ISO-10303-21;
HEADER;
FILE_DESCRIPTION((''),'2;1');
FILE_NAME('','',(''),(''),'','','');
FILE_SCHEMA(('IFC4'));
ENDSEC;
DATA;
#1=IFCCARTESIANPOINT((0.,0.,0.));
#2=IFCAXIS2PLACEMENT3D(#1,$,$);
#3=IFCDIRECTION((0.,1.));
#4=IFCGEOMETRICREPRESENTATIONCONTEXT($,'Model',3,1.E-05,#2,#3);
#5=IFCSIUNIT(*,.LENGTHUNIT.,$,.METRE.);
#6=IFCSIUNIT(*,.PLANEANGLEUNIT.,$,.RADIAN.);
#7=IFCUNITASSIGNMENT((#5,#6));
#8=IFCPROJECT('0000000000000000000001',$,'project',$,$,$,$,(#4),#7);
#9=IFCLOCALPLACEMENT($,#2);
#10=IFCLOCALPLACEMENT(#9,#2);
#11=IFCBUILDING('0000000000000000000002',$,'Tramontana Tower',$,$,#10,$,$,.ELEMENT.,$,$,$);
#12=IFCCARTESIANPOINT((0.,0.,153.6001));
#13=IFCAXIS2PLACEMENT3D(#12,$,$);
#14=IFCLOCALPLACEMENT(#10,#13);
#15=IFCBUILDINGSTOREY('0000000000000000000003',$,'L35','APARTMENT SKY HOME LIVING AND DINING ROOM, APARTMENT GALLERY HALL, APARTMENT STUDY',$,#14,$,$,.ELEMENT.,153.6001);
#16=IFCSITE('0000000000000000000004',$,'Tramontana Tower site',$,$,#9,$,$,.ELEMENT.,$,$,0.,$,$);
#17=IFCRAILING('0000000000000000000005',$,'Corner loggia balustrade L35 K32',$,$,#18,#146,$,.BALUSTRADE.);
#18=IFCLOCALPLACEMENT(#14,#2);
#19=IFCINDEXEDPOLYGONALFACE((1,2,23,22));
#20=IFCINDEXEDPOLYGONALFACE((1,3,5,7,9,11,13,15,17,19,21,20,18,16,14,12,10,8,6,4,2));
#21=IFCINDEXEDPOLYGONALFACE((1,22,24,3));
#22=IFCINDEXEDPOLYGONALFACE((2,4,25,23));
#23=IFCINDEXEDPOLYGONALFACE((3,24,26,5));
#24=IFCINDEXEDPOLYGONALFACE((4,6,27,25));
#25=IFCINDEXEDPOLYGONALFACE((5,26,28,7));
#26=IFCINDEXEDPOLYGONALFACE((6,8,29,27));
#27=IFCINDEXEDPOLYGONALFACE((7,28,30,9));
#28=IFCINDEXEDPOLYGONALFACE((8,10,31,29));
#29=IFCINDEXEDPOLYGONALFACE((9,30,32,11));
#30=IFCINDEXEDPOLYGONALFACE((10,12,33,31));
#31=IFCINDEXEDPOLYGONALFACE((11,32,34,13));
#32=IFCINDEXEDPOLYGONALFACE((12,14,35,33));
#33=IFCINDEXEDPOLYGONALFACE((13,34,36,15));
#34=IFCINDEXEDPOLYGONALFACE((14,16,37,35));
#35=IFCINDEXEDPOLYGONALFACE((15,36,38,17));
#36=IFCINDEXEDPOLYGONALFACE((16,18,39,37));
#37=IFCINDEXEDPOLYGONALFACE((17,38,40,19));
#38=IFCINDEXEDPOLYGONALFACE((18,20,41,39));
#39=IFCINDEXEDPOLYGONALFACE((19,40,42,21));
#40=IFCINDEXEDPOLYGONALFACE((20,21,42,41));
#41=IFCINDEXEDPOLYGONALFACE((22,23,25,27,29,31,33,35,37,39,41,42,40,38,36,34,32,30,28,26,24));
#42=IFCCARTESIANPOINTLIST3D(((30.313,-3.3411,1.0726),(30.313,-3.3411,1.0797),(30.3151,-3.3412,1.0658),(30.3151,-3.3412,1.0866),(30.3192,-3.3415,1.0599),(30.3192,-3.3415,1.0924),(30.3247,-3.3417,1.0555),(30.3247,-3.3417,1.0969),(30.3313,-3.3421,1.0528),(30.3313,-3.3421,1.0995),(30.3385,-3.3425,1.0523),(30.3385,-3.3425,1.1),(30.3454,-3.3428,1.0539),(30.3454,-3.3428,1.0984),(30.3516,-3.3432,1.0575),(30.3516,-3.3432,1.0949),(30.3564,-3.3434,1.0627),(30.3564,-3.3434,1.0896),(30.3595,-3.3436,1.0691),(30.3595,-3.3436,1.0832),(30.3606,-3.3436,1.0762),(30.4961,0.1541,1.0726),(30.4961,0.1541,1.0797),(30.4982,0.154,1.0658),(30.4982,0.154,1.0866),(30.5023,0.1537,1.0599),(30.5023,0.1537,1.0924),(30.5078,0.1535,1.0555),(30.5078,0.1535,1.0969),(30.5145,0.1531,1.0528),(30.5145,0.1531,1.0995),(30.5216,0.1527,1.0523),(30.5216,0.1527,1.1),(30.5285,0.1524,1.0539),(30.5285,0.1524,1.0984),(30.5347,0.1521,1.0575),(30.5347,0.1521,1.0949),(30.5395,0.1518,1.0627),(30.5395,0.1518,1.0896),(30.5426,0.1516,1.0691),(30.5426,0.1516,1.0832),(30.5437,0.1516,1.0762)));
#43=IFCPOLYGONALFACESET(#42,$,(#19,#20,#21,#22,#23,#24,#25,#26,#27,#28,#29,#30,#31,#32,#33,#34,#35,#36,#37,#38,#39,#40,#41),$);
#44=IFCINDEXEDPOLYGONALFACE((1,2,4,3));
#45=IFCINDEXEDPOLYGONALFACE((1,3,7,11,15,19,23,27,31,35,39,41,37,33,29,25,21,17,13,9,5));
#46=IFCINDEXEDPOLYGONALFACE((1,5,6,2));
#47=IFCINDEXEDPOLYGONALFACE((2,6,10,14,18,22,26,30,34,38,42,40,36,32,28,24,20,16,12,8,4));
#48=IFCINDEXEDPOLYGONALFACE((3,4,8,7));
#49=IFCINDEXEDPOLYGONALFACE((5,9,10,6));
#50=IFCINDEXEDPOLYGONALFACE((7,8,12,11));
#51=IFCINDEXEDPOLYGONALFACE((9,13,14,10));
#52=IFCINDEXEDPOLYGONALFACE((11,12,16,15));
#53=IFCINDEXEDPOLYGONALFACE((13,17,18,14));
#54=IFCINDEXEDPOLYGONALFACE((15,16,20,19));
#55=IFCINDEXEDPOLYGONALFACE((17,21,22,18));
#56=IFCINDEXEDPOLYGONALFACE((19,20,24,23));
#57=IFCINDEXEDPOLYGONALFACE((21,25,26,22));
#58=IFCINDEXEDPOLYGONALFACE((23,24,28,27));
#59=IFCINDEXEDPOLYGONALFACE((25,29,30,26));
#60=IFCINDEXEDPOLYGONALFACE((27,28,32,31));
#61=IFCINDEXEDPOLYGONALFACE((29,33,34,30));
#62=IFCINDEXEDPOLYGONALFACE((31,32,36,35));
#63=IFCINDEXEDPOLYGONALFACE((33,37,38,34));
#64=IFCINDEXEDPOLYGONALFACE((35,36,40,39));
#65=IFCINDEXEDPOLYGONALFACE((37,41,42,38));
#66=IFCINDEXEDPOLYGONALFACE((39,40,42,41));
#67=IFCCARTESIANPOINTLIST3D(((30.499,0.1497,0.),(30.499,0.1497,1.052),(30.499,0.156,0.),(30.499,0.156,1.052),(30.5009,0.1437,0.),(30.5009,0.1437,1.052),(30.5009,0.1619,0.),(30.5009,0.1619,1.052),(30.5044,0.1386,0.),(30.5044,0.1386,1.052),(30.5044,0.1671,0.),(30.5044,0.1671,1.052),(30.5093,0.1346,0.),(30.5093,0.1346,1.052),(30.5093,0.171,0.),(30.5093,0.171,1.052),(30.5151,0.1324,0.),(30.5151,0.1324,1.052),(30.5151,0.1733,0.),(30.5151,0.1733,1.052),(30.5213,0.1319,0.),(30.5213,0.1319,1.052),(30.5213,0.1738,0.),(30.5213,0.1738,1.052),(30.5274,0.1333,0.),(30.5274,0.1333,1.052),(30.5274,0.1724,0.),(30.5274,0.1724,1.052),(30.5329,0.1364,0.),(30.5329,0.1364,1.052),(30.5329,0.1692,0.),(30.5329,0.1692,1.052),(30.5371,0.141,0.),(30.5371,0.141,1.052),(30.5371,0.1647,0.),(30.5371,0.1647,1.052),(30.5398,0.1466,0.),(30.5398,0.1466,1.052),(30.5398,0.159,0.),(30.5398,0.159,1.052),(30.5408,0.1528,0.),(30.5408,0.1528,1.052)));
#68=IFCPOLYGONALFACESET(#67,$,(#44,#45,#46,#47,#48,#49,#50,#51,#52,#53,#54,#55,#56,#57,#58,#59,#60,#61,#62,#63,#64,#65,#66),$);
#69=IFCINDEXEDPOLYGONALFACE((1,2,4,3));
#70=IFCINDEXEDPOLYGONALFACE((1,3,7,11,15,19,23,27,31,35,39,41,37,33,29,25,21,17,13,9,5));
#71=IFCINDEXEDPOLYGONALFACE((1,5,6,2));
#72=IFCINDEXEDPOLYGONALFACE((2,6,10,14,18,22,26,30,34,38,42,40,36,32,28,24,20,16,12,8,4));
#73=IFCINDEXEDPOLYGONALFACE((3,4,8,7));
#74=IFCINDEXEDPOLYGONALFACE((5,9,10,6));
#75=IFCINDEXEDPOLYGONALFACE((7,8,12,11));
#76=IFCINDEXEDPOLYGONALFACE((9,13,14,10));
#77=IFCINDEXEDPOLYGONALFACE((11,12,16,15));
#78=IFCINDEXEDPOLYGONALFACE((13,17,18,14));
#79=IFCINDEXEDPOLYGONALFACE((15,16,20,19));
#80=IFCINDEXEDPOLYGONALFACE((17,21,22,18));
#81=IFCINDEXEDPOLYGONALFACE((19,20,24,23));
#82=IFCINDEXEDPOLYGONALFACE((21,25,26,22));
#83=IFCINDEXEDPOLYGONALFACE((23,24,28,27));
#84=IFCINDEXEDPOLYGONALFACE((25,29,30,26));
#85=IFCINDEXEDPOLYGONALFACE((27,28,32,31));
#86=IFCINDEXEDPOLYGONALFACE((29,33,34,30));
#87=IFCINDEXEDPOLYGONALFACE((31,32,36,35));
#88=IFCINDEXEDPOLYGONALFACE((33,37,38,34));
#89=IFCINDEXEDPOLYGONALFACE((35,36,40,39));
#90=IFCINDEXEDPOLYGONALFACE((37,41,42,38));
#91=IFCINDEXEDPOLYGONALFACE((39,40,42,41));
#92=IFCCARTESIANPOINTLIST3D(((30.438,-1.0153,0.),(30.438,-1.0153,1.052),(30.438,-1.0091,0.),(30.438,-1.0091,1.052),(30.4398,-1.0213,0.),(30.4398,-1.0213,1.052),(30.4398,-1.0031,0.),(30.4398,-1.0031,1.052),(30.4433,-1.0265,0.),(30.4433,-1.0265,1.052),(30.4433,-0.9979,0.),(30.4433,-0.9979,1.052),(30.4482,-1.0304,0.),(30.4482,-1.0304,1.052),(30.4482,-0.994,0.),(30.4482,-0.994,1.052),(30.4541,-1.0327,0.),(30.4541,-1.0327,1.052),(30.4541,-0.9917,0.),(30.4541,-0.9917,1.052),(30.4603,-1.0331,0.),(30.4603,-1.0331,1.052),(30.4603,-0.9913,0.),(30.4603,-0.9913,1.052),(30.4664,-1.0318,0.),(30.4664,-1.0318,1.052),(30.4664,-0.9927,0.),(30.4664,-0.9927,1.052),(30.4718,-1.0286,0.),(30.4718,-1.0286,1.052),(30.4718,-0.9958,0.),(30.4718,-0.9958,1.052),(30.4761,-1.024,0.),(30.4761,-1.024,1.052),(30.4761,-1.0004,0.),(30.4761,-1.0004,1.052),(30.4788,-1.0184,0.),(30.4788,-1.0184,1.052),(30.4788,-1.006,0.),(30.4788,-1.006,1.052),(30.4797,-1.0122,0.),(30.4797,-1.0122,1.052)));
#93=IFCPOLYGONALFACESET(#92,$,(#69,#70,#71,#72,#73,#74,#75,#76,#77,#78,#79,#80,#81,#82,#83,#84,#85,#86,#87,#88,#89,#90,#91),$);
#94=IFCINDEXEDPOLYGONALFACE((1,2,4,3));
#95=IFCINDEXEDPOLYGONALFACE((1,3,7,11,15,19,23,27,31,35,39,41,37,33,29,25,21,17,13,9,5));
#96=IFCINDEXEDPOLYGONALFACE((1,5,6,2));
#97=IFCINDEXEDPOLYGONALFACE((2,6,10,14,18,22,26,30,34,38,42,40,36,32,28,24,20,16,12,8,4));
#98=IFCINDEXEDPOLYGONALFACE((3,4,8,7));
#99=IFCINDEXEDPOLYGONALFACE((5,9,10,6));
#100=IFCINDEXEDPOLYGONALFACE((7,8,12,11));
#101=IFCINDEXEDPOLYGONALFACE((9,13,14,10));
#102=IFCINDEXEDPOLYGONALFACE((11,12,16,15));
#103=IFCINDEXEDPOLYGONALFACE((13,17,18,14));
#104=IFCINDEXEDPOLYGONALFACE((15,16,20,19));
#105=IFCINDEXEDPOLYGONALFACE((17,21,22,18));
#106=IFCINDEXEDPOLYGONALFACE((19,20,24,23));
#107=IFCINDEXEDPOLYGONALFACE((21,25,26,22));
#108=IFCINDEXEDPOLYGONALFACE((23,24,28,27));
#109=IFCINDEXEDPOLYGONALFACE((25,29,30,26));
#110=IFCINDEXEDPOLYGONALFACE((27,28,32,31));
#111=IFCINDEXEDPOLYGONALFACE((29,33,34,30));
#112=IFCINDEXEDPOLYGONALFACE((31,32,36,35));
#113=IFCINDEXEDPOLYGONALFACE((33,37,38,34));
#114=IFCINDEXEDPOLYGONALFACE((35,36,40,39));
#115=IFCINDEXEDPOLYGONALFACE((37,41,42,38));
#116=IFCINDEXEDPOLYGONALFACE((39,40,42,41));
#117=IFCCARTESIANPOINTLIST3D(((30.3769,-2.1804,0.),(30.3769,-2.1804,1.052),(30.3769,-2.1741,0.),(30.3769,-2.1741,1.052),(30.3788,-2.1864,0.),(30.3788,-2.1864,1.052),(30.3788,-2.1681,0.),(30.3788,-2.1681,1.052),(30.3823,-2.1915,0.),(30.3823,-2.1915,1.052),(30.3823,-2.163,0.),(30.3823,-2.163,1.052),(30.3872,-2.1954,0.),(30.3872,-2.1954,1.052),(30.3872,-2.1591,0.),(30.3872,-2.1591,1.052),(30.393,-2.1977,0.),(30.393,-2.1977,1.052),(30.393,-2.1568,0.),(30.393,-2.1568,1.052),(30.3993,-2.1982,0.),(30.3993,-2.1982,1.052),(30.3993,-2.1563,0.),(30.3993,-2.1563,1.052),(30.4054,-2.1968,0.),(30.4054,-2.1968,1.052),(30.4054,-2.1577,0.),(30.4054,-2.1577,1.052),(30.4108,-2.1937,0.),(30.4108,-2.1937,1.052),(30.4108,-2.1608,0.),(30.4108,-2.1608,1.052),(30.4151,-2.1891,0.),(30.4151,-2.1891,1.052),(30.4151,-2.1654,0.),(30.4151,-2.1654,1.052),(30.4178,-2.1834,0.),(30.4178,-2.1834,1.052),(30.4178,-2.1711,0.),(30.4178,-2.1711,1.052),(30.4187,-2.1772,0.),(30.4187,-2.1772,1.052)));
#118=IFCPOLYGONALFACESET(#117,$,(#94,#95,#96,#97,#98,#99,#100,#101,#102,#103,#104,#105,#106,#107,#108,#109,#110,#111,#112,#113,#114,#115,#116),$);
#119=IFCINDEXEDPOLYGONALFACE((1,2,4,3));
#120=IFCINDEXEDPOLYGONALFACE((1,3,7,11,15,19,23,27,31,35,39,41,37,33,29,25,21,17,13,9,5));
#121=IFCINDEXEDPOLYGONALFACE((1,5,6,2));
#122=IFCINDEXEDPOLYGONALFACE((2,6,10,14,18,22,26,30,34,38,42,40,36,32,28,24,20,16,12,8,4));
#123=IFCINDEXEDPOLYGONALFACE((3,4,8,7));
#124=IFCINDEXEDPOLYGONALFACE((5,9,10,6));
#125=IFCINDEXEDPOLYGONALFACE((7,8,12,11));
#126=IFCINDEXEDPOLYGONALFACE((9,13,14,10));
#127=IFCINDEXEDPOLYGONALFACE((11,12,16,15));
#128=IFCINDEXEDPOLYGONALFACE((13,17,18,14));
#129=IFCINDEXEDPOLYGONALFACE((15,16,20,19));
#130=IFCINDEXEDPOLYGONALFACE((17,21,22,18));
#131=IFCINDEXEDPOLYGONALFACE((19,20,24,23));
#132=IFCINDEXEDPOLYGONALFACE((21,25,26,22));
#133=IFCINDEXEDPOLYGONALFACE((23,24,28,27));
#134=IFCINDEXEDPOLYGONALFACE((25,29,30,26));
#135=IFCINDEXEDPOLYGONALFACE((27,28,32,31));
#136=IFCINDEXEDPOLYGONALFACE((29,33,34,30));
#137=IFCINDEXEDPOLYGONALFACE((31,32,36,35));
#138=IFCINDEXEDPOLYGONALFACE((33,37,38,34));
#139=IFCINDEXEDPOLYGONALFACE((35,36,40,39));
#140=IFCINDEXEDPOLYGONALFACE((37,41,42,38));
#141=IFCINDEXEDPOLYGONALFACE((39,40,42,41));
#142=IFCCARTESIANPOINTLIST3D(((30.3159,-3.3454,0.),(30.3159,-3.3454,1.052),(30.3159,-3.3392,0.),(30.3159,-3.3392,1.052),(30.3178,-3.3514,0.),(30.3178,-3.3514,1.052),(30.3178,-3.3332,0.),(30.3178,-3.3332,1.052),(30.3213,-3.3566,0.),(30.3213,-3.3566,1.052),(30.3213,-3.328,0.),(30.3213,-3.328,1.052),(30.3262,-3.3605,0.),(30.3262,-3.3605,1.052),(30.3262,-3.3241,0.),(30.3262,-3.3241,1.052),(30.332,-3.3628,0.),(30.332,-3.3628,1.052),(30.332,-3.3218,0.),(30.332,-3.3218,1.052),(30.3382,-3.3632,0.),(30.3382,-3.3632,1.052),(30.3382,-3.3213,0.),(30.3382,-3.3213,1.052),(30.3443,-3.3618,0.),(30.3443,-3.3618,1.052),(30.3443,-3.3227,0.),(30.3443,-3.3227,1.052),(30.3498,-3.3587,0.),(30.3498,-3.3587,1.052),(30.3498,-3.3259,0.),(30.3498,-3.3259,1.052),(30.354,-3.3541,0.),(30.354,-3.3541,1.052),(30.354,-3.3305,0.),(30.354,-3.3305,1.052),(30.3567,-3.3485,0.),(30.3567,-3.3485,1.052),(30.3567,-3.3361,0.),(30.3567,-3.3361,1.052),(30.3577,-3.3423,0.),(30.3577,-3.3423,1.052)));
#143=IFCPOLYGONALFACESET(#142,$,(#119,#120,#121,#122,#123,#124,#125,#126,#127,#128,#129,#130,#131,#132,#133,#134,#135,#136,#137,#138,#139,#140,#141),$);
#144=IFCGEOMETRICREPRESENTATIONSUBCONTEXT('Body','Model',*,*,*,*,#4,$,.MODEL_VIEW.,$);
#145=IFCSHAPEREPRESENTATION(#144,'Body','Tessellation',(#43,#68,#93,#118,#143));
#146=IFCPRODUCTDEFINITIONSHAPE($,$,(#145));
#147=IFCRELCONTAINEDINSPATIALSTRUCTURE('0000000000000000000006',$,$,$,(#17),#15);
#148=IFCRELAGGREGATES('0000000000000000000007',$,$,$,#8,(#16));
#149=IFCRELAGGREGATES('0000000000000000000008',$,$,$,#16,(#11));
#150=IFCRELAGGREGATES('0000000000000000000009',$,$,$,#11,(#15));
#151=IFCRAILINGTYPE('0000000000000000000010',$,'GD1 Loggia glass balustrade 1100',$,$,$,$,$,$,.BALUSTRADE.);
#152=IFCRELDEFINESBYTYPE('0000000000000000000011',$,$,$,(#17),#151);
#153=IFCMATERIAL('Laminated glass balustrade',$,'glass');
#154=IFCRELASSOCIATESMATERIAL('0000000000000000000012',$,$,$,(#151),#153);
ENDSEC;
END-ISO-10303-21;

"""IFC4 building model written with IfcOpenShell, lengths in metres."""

from ifc_helpers import new_model, si_unit, direction, frame, origin, origin_2d, place, context, subcontext, project, spatial, circle, extrude, material, type_object, element, save


model = new_model("IFC4")

# Units and contexts
model_context = context("Model", 3, precision=1e-05, world=origin(), true_north=direction((0.0, 1.0)))
body_context = subcontext(model_context, "Body", "Model", "MODEL_VIEW")
ifc_project = project(units=[si_unit("LENGTHUNIT", "METRE"), si_unit("PLANEANGLEUNIT", "RADIAN")], contexts=[model_context])

# Site, building, storey
site_placement = place(None, origin())
site = spatial("IfcSite", under=ifc_project, at=site_placement, Name="Tramontana Tower site", CompositionType="ELEMENT", RefElevation=0.0)
building_placement = place(site_placement, origin())
building = spatial("IfcBuilding", under=site, at=building_placement, Name="Tramontana Tower", CompositionType="ELEMENT")
storey_placement = place(building_placement, frame((0.0, 0.0, 153.6001)))
storey = spatial("IfcBuildingStorey", under=building, at=storey_placement, Name="L35", Description="APARTMENT SKY HOME LIVING AND DINING ROOM, APARTMENT GALLERY HALL, APARTMENT STUDY", CompositionType="ELEMENT", Elevation=153.6001)

# Railing
ifc_material_1 = material(Name="Laminated glass balustrade", Category="glass")
railing_type = type_object("IfcRailingType", Name="GD1 Loggia glass balustrade 1100", PredefinedType="BALUSTRADE", material=ifc_material_1)
railing_placement = place(storey_placement, frame((30.5198, 0.1528, 0.0)))
element("IfcRailing", 1, at=railing_placement, inside=storey, type_object=railing_type, Name="Corner loggia balustrade L35 K32", PredefinedType="BALUSTRADE", context=body_context, shape_type="SweptSolid", body=[
    extrude(circle(Radius=0.0239, at=origin_2d()), frame((0.0, 0.0, 1.0762), z_axis=(-0.052317, -0.998631, 0.0), x_axis=(0.998631, -0.052317, 0.0)), (0.0, 0.0, 1.0), 3.5),
    extrude(circle(Radius=0.021, at=origin_2d()), origin(), (0.0, 0.0, 1.0), 1.052),
    extrude(circle(Radius=0.021, at=origin_2d()), frame((-0.061, -1.165, 0.0)), (0.0, 0.0, 1.0), 1.052),
    extrude(circle(Radius=0.021, at=origin_2d()), frame((-0.1221, -2.3301, 0.0)), (0.0, 0.0, 1.0), 1.052),
    extrude(circle(Radius=0.021, at=origin_2d()), frame((-0.1831, -3.4951, 0.0)), (0.0, 0.0, 1.0), 1.052),
])

save(model, "model.ifc")
